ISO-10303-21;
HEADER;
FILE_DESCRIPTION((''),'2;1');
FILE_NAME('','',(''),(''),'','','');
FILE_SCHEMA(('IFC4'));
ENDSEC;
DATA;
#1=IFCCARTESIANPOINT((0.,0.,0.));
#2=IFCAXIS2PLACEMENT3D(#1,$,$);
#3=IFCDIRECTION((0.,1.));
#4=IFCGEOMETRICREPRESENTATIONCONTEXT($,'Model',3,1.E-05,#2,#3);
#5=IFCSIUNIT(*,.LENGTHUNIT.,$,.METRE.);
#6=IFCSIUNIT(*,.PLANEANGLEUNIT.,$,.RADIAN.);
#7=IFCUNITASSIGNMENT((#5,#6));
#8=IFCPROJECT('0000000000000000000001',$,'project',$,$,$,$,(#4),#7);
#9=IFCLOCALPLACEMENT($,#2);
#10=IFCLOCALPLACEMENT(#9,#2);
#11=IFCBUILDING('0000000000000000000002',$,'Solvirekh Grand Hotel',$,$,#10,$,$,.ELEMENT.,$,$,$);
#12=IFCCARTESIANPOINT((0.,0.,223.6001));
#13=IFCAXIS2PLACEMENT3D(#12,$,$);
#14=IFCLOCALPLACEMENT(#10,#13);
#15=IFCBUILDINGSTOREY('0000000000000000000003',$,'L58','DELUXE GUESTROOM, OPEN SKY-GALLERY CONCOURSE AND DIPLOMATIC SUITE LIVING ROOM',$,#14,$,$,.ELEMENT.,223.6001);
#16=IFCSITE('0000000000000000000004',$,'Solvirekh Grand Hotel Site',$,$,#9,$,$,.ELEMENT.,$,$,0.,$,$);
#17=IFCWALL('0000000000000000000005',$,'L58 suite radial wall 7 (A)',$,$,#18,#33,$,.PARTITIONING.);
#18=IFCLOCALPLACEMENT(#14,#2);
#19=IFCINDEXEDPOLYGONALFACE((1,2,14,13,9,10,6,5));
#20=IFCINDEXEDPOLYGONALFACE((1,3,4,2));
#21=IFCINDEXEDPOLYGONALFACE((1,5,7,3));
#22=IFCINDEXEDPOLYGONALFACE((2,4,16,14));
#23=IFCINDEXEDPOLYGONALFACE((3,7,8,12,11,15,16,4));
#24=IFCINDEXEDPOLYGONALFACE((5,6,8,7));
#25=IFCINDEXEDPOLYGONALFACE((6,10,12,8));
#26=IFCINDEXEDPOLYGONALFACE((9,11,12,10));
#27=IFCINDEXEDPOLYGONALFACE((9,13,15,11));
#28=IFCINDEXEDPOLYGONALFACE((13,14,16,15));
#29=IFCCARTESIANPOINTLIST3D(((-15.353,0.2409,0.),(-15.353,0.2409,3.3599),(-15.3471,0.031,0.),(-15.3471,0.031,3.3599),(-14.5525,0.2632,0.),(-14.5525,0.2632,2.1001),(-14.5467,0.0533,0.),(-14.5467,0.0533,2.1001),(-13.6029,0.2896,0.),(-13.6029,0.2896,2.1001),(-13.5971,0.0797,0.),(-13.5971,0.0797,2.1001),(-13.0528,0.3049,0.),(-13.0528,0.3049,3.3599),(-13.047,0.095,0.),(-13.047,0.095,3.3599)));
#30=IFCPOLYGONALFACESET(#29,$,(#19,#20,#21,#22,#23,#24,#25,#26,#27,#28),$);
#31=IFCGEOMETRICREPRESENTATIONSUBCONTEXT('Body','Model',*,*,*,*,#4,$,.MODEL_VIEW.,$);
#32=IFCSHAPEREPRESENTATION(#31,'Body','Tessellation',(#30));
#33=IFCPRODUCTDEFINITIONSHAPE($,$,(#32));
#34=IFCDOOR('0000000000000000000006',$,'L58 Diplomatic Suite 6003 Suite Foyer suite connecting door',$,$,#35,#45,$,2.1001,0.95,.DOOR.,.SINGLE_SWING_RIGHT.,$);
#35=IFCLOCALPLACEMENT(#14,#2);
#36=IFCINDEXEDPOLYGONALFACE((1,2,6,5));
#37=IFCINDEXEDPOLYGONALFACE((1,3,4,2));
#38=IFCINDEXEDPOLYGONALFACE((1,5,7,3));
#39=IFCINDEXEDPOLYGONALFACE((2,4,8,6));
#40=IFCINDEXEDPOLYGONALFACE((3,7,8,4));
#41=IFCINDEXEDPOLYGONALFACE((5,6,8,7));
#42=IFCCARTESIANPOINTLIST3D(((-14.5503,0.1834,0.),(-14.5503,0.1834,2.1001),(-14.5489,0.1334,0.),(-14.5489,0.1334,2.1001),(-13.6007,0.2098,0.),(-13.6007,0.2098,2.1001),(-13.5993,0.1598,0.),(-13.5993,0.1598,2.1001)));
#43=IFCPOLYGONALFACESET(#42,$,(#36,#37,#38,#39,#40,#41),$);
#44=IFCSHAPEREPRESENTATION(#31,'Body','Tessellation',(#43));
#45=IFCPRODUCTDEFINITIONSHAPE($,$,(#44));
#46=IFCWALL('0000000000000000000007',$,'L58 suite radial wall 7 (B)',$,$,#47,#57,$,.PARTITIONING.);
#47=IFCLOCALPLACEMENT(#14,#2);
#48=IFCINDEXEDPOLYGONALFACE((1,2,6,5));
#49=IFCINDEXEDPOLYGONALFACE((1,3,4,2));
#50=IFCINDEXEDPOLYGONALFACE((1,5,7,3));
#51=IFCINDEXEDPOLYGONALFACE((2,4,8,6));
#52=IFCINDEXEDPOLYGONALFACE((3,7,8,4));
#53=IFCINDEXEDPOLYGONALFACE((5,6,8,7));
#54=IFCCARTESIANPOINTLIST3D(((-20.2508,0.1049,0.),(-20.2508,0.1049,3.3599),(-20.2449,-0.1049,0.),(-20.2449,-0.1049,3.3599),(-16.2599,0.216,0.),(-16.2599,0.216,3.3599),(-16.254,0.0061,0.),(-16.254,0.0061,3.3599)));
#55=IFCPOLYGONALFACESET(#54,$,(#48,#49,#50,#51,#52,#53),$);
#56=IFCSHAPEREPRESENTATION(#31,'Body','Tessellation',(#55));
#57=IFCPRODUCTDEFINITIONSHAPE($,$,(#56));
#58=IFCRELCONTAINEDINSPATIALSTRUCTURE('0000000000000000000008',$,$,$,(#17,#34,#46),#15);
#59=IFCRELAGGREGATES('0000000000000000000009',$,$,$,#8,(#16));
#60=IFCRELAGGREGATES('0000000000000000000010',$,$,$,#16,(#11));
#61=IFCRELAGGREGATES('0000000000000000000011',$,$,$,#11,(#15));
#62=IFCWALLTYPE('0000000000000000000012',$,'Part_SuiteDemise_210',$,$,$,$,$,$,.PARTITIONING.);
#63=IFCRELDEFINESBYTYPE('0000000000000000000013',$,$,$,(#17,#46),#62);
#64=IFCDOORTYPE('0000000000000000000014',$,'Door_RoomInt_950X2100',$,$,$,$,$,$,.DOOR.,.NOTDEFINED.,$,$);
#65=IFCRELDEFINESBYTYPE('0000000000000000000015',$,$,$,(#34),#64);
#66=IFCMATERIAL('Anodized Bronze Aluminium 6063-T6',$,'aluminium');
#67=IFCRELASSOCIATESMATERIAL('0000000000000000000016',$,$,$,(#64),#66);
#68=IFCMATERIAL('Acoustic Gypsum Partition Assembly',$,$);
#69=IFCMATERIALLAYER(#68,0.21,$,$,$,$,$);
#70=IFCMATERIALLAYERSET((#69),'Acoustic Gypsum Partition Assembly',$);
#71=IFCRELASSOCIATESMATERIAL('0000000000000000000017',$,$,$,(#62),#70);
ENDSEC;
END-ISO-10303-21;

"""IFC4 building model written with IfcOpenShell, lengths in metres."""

from ifc_helpers import new_model, si_unit, direction, frame, frame_2d, origin, place, context, subcontext, project, spatial, rectangle, extrude, material, layer, layer_set, type_object, element, fill, save


model = new_model("IFC4")

# Units and contexts
model_context = context("Model", 3, precision=1e-05, world=origin(), true_north=direction((0.0, 1.0)))
body_context = subcontext(model_context, "Body", "Model", "MODEL_VIEW")
ifc_project = project(units=[si_unit("LENGTHUNIT", "METRE"), si_unit("PLANEANGLEUNIT", "RADIAN")], contexts=[model_context])

# Site, building, storey
site_placement = place(None, origin())
site = spatial("IfcSite", under=ifc_project, at=site_placement, Name="Solvirekh Grand Hotel Site", CompositionType="ELEMENT", RefElevation=0.0)
building_placement = place(site_placement, origin())
building = spatial("IfcBuilding", under=site, at=building_placement, Name="Solvirekh Grand Hotel", CompositionType="ELEMENT")
storey_placement = place(building_placement, frame((0.0, 0.0, 223.6001)))
storey = spatial("IfcBuildingStorey", under=building, at=storey_placement, Name="L58", Description="DELUXE GUESTROOM, OPEN SKY-GALLERY CONCOURSE AND DIPLOMATIC SUITE LIVING ROOM", CompositionType="ELEMENT", Elevation=223.6001)

# Shared definitions
ifc_material_1 = material(Name="Anodized Bronze Aluminium 6063-T6", Category="aluminium")

# Shared definitions
ifc_material_2 = material(Name="Acoustic Gypsum Partition Assembly")

# Wall, opening, door
door_type_1 = type_object("IfcDoorType", Name="Door_RoomInt_950X2100", OperationType="NOTDEFINED", PredefinedType="DOOR", material=ifc_material_1)
ifc_layer_1 = layer(ifc_material_2, 0.21)
ifc_layer_set_1 = layer_set([ifc_layer_1], Name="Acoustic Gypsum Partition Assembly")
wall_type_1 = type_object("IfcWallType", Name="Part_SuiteDemise_210", PredefinedType="PARTITIONING", material=ifc_layer_set_1)
wall_1_placement = place(storey_placement, frame((-13.05, 0.2, 0.0), z_axis=(0.0, 0.0, 1.0), x_axis=(-0.999614, -0.027799, 0.0)))
wall_1 = element("IfcWall", 1, at=wall_1_placement, inside=storey, type_object=wall_type_1, Name="L58 suite radial wall 7 (A)", PredefinedType="PARTITIONING", context=body_context, shape_type="SweptSolid", body=[
    extrude(rectangle(XDim=2.301, YDim=0.21, at=frame_2d((1.1504, 0.0))), origin(), (0.0, 0.0, 1.0), 3.3599),
])
opening_1_placement = place(wall_1_placement, frame((0.55, 0.0, 0.0)))
opening_1 = element("IfcOpeningElement", 2, at=opening_1_placement, cuts=wall_1, PredefinedType="OPENING", context=body_context, shape_type="SweptSolid", body=[
    extrude(rectangle(XDim=0.95, YDim=2.1001, at=frame_2d((0.4751, 1.05))), frame((0.0, 0.115, 0.0), z_axis=(0.0, -1.0, 0.0), x_axis=(1.0, 0.0, 0.0)), (0.0, 0.0, 1.0), 0.23),
])
door_1_placement = place(opening_1_placement, origin())
door_1 = element("IfcDoor", 3, at=door_1_placement, inside=storey, type_object=door_type_1, Name="L58 Diplomatic Suite 6003 Suite Foyer suite connecting door", OperationType="SINGLE_SWING_RIGHT", OverallHeight=2.1001, OverallWidth=0.95, PredefinedType="DOOR", context=body_context, shape_type="SweptSolid", body=[
    extrude(rectangle(XDim=0.95, YDim=2.1001, at=frame_2d((0.4751, 1.05))), frame((0.0, 0.0249, 0.0), z_axis=(0.0, -1.0, 0.0), x_axis=(1.0, 0.0, 0.0)), (0.0, 0.0, 1.0), 0.05),
])
fill(opening_1, door_1)

# Wall
wall_2_placement = place(storey_placement, frame((-16.2571, 0.1111, 0.0), z_axis=(0.0, 0.0, 1.0), x_axis=(-0.999613, -0.027823, 0.0)))
element("IfcWall", 4, at=wall_2_placement, inside=storey, type_object=wall_type_1, Name="L58 suite radial wall 7 (B)", PredefinedType="PARTITIONING", context=body_context, shape_type="SweptSolid", body=[
    extrude(rectangle(XDim=3.9924, YDim=0.21, at=frame_2d((1.9961, 0.0))), origin(), (0.0, 0.0, 1.0), 3.3599),
])

save(model, "model.ifc")
